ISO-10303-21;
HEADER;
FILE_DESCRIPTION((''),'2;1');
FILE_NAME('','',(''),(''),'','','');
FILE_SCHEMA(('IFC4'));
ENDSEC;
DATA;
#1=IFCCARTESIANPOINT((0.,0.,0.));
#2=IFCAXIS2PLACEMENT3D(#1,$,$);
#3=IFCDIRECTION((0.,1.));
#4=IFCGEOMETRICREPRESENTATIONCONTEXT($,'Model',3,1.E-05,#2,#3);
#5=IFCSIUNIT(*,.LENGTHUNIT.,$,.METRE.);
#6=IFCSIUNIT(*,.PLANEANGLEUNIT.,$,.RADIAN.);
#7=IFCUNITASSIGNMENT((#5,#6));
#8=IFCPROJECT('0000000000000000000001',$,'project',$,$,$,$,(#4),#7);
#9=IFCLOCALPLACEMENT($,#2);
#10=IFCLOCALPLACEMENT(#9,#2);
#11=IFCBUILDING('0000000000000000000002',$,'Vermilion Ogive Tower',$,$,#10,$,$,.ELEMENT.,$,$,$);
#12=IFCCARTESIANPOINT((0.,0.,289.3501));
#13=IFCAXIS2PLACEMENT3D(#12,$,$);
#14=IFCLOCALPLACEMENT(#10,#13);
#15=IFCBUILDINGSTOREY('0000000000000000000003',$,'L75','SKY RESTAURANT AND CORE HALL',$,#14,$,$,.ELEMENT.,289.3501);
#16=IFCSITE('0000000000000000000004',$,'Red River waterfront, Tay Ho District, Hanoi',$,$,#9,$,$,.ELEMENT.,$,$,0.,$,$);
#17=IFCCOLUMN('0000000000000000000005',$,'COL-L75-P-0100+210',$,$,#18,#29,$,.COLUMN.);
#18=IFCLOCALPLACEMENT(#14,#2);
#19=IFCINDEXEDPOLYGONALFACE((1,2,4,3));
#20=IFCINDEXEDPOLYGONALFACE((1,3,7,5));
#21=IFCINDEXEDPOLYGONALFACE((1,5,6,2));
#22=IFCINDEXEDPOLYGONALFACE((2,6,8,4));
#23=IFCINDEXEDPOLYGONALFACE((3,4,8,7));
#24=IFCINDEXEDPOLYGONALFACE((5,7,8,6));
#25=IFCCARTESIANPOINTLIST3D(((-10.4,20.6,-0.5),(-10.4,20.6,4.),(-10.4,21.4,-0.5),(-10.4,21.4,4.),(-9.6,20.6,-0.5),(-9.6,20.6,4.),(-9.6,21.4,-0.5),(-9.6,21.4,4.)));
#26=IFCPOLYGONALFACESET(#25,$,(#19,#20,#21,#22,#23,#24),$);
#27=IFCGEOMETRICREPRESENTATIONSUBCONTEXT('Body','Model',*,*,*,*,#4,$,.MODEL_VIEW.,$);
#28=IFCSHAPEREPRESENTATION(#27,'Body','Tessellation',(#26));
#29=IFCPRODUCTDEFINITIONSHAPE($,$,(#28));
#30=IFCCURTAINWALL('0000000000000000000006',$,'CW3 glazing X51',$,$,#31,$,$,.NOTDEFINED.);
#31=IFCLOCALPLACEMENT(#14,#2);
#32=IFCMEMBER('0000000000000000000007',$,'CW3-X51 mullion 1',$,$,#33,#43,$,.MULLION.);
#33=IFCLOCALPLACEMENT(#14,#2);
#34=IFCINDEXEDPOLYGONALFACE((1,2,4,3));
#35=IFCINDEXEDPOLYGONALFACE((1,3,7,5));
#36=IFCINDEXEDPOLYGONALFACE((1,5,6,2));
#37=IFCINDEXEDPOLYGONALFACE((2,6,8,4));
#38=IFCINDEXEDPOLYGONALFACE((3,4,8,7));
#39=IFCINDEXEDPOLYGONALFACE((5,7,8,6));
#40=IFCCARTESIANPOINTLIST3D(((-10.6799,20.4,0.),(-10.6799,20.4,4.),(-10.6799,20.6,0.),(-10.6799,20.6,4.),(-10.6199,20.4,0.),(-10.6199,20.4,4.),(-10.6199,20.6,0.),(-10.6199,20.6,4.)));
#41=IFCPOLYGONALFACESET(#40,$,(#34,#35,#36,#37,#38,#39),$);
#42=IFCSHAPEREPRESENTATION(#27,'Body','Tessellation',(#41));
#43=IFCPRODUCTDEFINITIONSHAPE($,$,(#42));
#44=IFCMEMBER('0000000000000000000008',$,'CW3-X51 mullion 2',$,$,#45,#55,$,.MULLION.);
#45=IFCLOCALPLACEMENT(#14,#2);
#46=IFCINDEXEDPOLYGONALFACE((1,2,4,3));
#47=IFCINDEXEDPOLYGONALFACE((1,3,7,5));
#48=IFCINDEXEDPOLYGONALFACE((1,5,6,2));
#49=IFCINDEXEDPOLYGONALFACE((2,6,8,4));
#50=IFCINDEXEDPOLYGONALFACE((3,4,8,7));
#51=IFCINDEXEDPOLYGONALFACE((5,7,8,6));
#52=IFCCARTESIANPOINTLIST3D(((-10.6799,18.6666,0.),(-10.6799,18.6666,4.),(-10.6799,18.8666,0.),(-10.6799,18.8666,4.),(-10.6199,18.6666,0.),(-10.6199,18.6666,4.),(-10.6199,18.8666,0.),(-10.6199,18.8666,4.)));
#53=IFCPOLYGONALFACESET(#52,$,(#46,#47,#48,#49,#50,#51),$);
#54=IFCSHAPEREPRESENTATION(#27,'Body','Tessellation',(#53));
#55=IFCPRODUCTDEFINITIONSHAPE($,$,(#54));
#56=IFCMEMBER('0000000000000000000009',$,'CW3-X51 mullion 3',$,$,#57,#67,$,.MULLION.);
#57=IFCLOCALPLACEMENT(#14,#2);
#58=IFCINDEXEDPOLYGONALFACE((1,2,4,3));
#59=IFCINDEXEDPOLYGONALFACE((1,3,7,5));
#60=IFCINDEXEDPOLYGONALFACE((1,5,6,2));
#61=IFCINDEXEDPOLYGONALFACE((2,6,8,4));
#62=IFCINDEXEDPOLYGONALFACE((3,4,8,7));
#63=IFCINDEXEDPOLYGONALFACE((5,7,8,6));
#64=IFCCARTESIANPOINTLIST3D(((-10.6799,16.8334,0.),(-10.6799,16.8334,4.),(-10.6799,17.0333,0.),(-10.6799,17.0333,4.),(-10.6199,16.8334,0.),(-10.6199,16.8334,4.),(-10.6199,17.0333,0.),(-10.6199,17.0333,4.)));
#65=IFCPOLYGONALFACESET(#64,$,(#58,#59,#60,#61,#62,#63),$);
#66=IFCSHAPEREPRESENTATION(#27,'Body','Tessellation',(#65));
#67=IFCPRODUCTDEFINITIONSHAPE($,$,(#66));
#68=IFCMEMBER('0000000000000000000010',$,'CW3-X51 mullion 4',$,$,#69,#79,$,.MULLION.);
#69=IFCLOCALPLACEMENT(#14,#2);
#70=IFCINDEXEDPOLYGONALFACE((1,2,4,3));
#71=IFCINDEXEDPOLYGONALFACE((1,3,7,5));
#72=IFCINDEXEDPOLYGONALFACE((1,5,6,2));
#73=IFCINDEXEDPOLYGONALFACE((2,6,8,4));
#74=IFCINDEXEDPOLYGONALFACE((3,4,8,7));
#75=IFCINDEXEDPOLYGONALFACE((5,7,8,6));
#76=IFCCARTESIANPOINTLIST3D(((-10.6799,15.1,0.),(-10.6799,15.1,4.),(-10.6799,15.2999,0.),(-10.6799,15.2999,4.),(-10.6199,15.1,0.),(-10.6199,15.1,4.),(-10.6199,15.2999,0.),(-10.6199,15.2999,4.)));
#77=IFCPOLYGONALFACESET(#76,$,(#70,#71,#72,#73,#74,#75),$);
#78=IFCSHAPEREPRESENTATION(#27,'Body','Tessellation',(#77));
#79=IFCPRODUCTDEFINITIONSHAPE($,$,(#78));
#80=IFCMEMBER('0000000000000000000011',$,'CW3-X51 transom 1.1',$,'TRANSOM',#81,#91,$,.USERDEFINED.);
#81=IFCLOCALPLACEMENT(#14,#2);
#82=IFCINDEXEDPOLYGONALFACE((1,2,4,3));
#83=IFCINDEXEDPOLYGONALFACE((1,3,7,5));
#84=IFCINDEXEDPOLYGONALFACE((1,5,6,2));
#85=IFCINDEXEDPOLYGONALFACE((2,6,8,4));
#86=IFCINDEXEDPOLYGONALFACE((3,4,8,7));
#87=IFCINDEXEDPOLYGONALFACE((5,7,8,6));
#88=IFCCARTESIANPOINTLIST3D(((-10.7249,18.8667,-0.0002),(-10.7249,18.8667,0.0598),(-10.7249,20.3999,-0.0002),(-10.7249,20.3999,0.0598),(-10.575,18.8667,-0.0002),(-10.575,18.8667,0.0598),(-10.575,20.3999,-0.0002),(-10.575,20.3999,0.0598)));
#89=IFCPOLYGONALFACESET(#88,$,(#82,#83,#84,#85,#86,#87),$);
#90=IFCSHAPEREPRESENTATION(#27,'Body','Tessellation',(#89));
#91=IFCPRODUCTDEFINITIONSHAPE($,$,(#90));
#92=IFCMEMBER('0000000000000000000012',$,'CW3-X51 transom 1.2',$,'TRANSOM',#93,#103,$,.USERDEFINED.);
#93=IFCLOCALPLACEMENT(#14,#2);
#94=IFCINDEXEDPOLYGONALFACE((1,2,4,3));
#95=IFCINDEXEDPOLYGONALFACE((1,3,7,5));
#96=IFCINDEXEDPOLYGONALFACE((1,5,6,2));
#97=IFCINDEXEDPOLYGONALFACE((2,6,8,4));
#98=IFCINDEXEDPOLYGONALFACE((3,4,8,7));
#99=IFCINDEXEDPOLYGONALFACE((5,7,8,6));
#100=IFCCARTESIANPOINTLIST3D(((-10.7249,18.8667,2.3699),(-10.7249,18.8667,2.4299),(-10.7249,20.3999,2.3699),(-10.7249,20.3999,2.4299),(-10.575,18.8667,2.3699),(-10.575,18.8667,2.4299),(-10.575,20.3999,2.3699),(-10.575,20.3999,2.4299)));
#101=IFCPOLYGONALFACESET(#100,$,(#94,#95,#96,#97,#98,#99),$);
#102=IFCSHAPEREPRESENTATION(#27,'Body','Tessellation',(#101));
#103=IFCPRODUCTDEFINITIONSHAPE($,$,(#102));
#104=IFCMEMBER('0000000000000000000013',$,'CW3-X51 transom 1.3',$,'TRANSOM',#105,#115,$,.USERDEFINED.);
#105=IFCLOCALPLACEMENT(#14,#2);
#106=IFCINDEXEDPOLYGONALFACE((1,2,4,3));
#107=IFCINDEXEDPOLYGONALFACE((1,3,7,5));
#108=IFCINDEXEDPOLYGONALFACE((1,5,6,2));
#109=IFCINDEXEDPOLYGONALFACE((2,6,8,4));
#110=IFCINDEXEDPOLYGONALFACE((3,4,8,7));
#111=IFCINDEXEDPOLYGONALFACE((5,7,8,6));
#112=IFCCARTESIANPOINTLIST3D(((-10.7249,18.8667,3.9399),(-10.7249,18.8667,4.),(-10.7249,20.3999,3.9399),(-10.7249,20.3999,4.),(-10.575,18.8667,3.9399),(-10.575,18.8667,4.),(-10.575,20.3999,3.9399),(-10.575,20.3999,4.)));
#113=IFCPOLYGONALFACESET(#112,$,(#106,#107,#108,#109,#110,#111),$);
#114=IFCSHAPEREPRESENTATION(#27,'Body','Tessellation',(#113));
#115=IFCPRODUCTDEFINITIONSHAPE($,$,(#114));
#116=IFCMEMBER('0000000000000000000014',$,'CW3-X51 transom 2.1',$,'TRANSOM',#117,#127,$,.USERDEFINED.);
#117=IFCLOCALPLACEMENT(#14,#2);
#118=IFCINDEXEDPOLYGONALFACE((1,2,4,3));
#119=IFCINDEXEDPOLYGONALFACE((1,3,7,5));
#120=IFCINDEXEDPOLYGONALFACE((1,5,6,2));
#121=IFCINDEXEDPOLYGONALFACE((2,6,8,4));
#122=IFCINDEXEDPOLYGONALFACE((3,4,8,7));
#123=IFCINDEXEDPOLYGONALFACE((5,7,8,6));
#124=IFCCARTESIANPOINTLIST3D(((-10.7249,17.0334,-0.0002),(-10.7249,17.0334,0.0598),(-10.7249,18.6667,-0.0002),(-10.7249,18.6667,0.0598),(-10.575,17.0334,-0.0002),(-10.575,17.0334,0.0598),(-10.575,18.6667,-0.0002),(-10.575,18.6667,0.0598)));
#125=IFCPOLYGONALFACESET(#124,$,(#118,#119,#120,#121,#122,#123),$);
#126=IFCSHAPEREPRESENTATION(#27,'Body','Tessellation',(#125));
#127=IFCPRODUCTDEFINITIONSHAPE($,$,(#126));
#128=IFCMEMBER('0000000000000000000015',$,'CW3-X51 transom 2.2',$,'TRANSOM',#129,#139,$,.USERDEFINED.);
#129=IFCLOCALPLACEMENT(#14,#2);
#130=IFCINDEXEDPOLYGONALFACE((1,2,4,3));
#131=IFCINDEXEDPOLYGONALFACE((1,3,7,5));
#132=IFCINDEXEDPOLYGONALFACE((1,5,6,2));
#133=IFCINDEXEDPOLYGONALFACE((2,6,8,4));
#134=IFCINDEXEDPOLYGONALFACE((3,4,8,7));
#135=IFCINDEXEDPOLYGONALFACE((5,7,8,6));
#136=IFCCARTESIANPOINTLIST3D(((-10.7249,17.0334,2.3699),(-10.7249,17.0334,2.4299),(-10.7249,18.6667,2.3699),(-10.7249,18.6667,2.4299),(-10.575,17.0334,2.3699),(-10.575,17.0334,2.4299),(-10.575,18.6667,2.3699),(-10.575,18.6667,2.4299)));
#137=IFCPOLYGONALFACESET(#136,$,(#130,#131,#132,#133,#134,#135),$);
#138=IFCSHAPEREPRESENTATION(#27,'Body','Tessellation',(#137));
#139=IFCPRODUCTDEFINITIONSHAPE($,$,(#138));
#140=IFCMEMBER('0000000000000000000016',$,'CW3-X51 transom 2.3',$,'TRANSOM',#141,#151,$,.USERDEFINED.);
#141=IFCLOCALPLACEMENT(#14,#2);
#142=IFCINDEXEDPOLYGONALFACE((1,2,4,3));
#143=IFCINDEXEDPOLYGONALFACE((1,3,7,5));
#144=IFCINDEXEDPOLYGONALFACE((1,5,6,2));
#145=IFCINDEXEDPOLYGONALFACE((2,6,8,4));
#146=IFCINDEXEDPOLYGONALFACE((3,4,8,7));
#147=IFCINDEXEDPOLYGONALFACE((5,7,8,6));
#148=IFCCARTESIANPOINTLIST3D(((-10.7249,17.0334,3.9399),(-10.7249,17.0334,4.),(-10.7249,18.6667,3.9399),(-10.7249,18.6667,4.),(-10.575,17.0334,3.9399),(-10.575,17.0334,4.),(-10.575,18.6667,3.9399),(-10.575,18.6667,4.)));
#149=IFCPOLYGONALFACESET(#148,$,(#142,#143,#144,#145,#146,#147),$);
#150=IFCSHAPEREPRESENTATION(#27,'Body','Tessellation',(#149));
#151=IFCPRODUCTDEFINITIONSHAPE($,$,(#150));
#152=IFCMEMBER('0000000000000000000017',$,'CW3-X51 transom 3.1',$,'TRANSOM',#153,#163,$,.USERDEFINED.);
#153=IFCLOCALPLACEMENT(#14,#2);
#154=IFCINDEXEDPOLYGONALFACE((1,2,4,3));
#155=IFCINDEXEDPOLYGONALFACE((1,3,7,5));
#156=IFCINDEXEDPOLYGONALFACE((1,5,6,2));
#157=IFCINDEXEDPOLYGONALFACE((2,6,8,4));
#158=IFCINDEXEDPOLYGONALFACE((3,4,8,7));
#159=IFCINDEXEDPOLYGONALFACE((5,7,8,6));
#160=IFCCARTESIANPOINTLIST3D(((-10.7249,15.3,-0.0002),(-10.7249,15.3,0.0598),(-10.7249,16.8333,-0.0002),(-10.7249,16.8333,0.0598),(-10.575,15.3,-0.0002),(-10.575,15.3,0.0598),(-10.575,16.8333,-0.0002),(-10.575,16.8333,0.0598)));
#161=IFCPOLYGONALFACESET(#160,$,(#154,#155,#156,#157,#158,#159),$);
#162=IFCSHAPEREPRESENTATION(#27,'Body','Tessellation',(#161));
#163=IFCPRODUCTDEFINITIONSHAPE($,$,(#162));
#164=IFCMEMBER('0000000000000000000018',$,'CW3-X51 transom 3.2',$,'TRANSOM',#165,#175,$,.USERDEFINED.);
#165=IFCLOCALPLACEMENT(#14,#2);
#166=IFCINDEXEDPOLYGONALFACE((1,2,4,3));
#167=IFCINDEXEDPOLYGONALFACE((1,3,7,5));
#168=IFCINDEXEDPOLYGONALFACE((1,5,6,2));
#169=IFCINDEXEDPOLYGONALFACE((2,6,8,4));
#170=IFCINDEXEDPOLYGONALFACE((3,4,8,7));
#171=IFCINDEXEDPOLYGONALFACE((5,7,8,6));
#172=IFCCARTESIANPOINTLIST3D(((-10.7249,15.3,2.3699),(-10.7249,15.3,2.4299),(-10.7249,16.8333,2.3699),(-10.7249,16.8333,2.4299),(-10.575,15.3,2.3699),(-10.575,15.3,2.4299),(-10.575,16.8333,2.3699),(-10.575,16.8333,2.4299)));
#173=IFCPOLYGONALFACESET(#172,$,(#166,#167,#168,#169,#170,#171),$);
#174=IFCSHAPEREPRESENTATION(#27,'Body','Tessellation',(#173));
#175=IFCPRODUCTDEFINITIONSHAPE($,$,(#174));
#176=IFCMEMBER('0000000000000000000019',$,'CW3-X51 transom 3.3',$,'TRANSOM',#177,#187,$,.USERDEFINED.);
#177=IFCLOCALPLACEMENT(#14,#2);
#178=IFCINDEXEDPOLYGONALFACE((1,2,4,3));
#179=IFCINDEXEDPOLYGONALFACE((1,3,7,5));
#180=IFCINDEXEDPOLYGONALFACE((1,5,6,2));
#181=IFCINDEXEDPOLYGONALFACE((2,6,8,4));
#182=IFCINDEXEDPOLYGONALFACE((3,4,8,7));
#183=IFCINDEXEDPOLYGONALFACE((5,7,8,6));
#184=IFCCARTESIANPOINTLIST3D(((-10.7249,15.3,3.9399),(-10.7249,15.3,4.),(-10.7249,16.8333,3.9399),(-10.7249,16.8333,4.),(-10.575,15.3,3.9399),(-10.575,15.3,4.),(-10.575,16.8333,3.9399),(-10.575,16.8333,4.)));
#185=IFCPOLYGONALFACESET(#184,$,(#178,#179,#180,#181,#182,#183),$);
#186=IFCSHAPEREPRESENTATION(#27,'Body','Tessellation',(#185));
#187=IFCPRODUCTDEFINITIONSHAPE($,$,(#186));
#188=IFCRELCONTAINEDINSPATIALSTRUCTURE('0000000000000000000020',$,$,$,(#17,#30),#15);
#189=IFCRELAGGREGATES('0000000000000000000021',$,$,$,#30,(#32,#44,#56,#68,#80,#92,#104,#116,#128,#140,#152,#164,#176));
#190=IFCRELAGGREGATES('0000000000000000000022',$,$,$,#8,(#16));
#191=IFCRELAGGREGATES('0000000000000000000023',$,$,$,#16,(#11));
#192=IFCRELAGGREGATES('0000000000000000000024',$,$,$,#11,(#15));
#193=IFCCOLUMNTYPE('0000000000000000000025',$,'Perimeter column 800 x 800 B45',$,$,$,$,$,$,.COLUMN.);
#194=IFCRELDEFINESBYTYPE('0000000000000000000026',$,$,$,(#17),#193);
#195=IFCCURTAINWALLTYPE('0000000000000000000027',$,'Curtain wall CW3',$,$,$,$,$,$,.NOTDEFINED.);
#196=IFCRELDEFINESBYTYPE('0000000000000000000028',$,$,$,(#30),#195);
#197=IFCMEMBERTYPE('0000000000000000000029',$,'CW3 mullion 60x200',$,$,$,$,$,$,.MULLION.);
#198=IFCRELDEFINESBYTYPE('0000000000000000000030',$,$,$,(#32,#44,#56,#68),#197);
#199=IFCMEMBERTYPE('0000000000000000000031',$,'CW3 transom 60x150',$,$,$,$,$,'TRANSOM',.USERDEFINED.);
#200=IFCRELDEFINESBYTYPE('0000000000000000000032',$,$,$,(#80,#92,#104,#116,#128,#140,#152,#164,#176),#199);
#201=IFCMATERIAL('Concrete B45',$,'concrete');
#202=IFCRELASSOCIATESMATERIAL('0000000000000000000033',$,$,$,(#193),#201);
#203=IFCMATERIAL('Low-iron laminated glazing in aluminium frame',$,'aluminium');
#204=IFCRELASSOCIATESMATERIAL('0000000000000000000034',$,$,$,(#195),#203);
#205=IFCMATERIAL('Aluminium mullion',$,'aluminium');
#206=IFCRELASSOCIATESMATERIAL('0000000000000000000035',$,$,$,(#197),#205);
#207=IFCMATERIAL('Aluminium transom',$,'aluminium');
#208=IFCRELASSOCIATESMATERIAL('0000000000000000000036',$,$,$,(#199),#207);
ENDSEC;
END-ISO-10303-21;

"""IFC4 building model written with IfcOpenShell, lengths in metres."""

from ifc_helpers import new_model, si_unit, direction, frame, origin, origin_2d, place, context, subcontext, project, spatial, rectangle, extrude, material, material_profile, profile_set, type_object, element, aggregate, save


model = new_model("IFC4")

# Units and contexts
model_context = context("Model", 3, precision=1e-05, world=origin(), true_north=direction((0.0, 1.0)))
body_context = subcontext(model_context, "Body", "Model", "MODEL_VIEW")
ifc_project = project(units=[si_unit("LENGTHUNIT", "METRE"), si_unit("PLANEANGLEUNIT", "RADIAN")], contexts=[model_context])

# Site, building, storey
site_placement = place(None, origin())
site = spatial("IfcSite", under=ifc_project, at=site_placement, Name="Red River waterfront, Tay Ho District, Hanoi", CompositionType="ELEMENT", RefElevation=0.0)
building_placement = place(site_placement, origin())
building = spatial("IfcBuilding", under=site, at=building_placement, Name="Vermilion Ogive Tower", CompositionType="ELEMENT")
storey_placement = place(building_placement, frame((0.0, 0.0, 289.3501)))
storey = spatial("IfcBuildingStorey", under=building, at=storey_placement, Name="L75", Description="SKY RESTAURANT AND CORE HALL", CompositionType="ELEMENT", Elevation=289.3501)

# Column
ifc_material_1 = material(Name="Concrete B45", Category="concrete")
ifc_material_profile_1 = material_profile(ifc_material_1, rectangle(XDim=0.8, YDim=0.8, at=origin_2d()), Name="800 x 800")
ifc_profile_set_1 = profile_set([ifc_material_profile_1], Name="Concrete B45")
column_type = type_object("IfcColumnType", Name="Perimeter column 800 x 800 B45", PredefinedType="COLUMN", material=ifc_profile_set_1)
column_placement = place(storey_placement, frame((-10.0, 21.0, -0.5), z_axis=(0.0, 0.0, 1.0), x_axis=(1.0, 0.0, 0.0)))
element("IfcColumn", 1, at=column_placement, inside=storey, type_object=column_type, Name="COL-L75-P-0100+210", PredefinedType="COLUMN", context=body_context, shape_type="SweptSolid", body=[
    extrude(rectangle(XDim=0.8, YDim=0.8, at=origin_2d()), origin(), (0.0, 0.0, 1.0), 4.5),
])

# Curtain wall, members
ifc_material_2 = material(Name="Low-iron laminated glazing in aluminium frame", Category="aluminium")
curtain_wall_type = type_object("IfcCurtainWallType", Name="Curtain wall CW3", PredefinedType="NOTDEFINED", material=ifc_material_2)
curtain_wall_placement = place(storey_placement, origin())
curtain_wall = element("IfcCurtainWall", 2, at=curtain_wall_placement, inside=storey, type_object=curtain_wall_type, Name="CW3 glazing X51", PredefinedType="NOTDEFINED")
ifc_material_3 = material(Name="Aluminium mullion", Category="aluminium")
ifc_material_profile_2 = material_profile(ifc_material_3, rectangle(XDim=0.0601, YDim=0.2, at=origin_2d()), Name="AL 60x200")
ifc_profile_set_2 = profile_set([ifc_material_profile_2], Name="Aluminium mullion")
member_type_1 = type_object("IfcMemberType", Name="CW3 mullion 60x200", PredefinedType="MULLION", material=ifc_profile_set_2)
member_1_placement = place(storey_placement, frame((-10.6499, 20.5, 0.0), z_axis=(0.0, 0.0, 1.0), x_axis=(1.0, 0.0, 0.0)))
member_1 = element("IfcMember", 3, at=member_1_placement, type_object=member_type_1, Name="CW3-X51 mullion 1", PredefinedType="MULLION", context=body_context, shape_type="SweptSolid", body=[
    extrude(rectangle(XDim=0.0601, YDim=0.2, at=origin_2d()), origin(), (0.0, 0.0, 1.0), 4.0),
])
member_2_placement = place(storey_placement, frame((-10.6499, 18.7666, 0.0), z_axis=(0.0, 0.0, 1.0), x_axis=(1.0, 0.0, 0.0)))
member_2 = element("IfcMember", 4, at=member_2_placement, type_object=member_type_1, Name="CW3-X51 mullion 2", PredefinedType="MULLION", context=body_context, shape_type="SweptSolid", body=[
    extrude(rectangle(XDim=0.0601, YDim=0.2, at=origin_2d()), origin(), (0.0, 0.0, 1.0), 4.0),
])
member_3_placement = place(storey_placement, frame((-10.6499, 16.9333, 0.0), z_axis=(0.0, 0.0, 1.0), x_axis=(1.0, 0.0, 0.0)))
member_3 = element("IfcMember", 5, at=member_3_placement, type_object=member_type_1, Name="CW3-X51 mullion 3", PredefinedType="MULLION", context=body_context, shape_type="SweptSolid", body=[
    extrude(rectangle(XDim=0.0601, YDim=0.2, at=origin_2d()), origin(), (0.0, 0.0, 1.0), 4.0),
])
member_4_placement = place(storey_placement, frame((-10.6499, 15.2, 0.0), z_axis=(0.0, 0.0, 1.0), x_axis=(1.0, 0.0, 0.0)))
member_4 = element("IfcMember", 6, at=member_4_placement, type_object=member_type_1, Name="CW3-X51 mullion 4", PredefinedType="MULLION", context=body_context, shape_type="SweptSolid", body=[
    extrude(rectangle(XDim=0.0601, YDim=0.2, at=origin_2d()), origin(), (0.0, 0.0, 1.0), 4.0),
])
ifc_material_4 = material(Name="Aluminium transom", Category="aluminium")
ifc_material_profile_3 = material_profile(ifc_material_4, rectangle(XDim=0.1499, YDim=0.0601, at=origin_2d()), Name="AL 60x150")
ifc_profile_set_3 = profile_set([ifc_material_profile_3], Name="Aluminium transom")
member_type_2 = type_object("IfcMemberType", Name="CW3 transom 60x150", ElementType="TRANSOM", PredefinedType="USERDEFINED", material=ifc_profile_set_3)
member_5_placement = place(storey_placement, frame((-10.6499, 20.3999, 0.0298), z_axis=(0.0, -1.0, 0.0), x_axis=(1.0, 0.0, 0.0)))
member_5 = element("IfcMember", 7, at=member_5_placement, type_object=member_type_2, Name="CW3-X51 transom 1.1", ObjectType="TRANSOM", PredefinedType="USERDEFINED", context=body_context, shape_type="SweptSolid", body=[
    extrude(rectangle(XDim=0.1499, YDim=0.0601, at=origin_2d()), origin(), (0.0, 0.0, 1.0), 1.5332),
])
member_6_placement = place(storey_placement, frame((-10.6499, 20.3999, 2.3999), z_axis=(0.0, -1.0, 0.0), x_axis=(1.0, 0.0, 0.0)))
member_6 = element("IfcMember", 8, at=member_6_placement, type_object=member_type_2, Name="CW3-X51 transom 1.2", ObjectType="TRANSOM", PredefinedType="USERDEFINED", context=body_context, shape_type="SweptSolid", body=[
    extrude(rectangle(XDim=0.1499, YDim=0.0601, at=origin_2d()), origin(), (0.0, 0.0, 1.0), 1.5332),
])
member_7_placement = place(storey_placement, frame((-10.6499, 20.3999, 3.97), z_axis=(0.0, -1.0, 0.0), x_axis=(1.0, 0.0, 0.0)))
member_7 = element("IfcMember", 9, at=member_7_placement, type_object=member_type_2, Name="CW3-X51 transom 1.3", ObjectType="TRANSOM", PredefinedType="USERDEFINED", context=body_context, shape_type="SweptSolid", body=[
    extrude(rectangle(XDim=0.1499, YDim=0.0601, at=origin_2d()), origin(), (0.0, 0.0, 1.0), 1.5332),
])
member_8_placement = place(storey_placement, frame((-10.6499, 18.6667, 0.0298), z_axis=(0.0, -1.0, 0.0), x_axis=(1.0, 0.0, 0.0)))
member_8 = element("IfcMember", 10, at=member_8_placement, type_object=member_type_2, Name="CW3-X51 transom 2.1", ObjectType="TRANSOM", PredefinedType="USERDEFINED", context=body_context, shape_type="SweptSolid", body=[
    extrude(rectangle(XDim=0.1499, YDim=0.0601, at=origin_2d()), origin(), (0.0, 0.0, 1.0), 1.6333),
])
member_9_placement = place(storey_placement, frame((-10.6499, 18.6667, 2.3999), z_axis=(0.0, -1.0, 0.0), x_axis=(1.0, 0.0, 0.0)))
member_9 = element("IfcMember", 11, at=member_9_placement, type_object=member_type_2, Name="CW3-X51 transom 2.2", ObjectType="TRANSOM", PredefinedType="USERDEFINED", context=body_context, shape_type="SweptSolid", body=[
    extrude(rectangle(XDim=0.1499, YDim=0.0601, at=origin_2d()), origin(), (0.0, 0.0, 1.0), 1.6333),
])
member_10_placement = place(storey_placement, frame((-10.6499, 18.6667, 3.97), z_axis=(0.0, -1.0, 0.0), x_axis=(1.0, 0.0, 0.0)))
member_10 = element("IfcMember", 12, at=member_10_placement, type_object=member_type_2, Name="CW3-X51 transom 2.3", ObjectType="TRANSOM", PredefinedType="USERDEFINED", context=body_context, shape_type="SweptSolid", body=[
    extrude(rectangle(XDim=0.1499, YDim=0.0601, at=origin_2d()), origin(), (0.0, 0.0, 1.0), 1.6333),
])
member_11_placement = place(storey_placement, frame((-10.6499, 16.8333, 0.0298), z_axis=(0.0, -1.0, 0.0), x_axis=(1.0, 0.0, 0.0)))
member_11 = element("IfcMember", 13, at=member_11_placement, type_object=member_type_2, Name="CW3-X51 transom 3.1", ObjectType="TRANSOM", PredefinedType="USERDEFINED", context=body_context, shape_type="SweptSolid", body=[
    extrude(rectangle(XDim=0.1499, YDim=0.0601, at=origin_2d()), origin(), (0.0, 0.0, 1.0), 1.5332),
])
member_12_placement = place(storey_placement, frame((-10.6499, 16.8333, 2.3999), z_axis=(0.0, -1.0, 0.0), x_axis=(1.0, 0.0, 0.0)))
member_12 = element("IfcMember", 14, at=member_12_placement, type_object=member_type_2, Name="CW3-X51 transom 3.2", ObjectType="TRANSOM", PredefinedType="USERDEFINED", context=body_context, shape_type="SweptSolid", body=[
    extrude(rectangle(XDim=0.1499, YDim=0.0601, at=origin_2d()), origin(), (0.0, 0.0, 1.0), 1.5332),
])
member_13_placement = place(storey_placement, frame((-10.6499, 16.8333, 3.97), z_axis=(0.0, -1.0, 0.0), x_axis=(1.0, 0.0, 0.0)))
member_13 = element("IfcMember", 15, at=member_13_placement, type_object=member_type_2, Name="CW3-X51 transom 3.3", ObjectType="TRANSOM", PredefinedType="USERDEFINED", context=body_context, shape_type="SweptSolid", body=[
    extrude(rectangle(XDim=0.1499, YDim=0.0601, at=origin_2d()), origin(), (0.0, 0.0, 1.0), 1.5332),
])
aggregate(curtain_wall, [member_1, member_2, member_3, member_4, member_5, member_6, member_7, member_8, member_9, member_10, member_11, member_12, member_13])

save(model, "model.ifc")
